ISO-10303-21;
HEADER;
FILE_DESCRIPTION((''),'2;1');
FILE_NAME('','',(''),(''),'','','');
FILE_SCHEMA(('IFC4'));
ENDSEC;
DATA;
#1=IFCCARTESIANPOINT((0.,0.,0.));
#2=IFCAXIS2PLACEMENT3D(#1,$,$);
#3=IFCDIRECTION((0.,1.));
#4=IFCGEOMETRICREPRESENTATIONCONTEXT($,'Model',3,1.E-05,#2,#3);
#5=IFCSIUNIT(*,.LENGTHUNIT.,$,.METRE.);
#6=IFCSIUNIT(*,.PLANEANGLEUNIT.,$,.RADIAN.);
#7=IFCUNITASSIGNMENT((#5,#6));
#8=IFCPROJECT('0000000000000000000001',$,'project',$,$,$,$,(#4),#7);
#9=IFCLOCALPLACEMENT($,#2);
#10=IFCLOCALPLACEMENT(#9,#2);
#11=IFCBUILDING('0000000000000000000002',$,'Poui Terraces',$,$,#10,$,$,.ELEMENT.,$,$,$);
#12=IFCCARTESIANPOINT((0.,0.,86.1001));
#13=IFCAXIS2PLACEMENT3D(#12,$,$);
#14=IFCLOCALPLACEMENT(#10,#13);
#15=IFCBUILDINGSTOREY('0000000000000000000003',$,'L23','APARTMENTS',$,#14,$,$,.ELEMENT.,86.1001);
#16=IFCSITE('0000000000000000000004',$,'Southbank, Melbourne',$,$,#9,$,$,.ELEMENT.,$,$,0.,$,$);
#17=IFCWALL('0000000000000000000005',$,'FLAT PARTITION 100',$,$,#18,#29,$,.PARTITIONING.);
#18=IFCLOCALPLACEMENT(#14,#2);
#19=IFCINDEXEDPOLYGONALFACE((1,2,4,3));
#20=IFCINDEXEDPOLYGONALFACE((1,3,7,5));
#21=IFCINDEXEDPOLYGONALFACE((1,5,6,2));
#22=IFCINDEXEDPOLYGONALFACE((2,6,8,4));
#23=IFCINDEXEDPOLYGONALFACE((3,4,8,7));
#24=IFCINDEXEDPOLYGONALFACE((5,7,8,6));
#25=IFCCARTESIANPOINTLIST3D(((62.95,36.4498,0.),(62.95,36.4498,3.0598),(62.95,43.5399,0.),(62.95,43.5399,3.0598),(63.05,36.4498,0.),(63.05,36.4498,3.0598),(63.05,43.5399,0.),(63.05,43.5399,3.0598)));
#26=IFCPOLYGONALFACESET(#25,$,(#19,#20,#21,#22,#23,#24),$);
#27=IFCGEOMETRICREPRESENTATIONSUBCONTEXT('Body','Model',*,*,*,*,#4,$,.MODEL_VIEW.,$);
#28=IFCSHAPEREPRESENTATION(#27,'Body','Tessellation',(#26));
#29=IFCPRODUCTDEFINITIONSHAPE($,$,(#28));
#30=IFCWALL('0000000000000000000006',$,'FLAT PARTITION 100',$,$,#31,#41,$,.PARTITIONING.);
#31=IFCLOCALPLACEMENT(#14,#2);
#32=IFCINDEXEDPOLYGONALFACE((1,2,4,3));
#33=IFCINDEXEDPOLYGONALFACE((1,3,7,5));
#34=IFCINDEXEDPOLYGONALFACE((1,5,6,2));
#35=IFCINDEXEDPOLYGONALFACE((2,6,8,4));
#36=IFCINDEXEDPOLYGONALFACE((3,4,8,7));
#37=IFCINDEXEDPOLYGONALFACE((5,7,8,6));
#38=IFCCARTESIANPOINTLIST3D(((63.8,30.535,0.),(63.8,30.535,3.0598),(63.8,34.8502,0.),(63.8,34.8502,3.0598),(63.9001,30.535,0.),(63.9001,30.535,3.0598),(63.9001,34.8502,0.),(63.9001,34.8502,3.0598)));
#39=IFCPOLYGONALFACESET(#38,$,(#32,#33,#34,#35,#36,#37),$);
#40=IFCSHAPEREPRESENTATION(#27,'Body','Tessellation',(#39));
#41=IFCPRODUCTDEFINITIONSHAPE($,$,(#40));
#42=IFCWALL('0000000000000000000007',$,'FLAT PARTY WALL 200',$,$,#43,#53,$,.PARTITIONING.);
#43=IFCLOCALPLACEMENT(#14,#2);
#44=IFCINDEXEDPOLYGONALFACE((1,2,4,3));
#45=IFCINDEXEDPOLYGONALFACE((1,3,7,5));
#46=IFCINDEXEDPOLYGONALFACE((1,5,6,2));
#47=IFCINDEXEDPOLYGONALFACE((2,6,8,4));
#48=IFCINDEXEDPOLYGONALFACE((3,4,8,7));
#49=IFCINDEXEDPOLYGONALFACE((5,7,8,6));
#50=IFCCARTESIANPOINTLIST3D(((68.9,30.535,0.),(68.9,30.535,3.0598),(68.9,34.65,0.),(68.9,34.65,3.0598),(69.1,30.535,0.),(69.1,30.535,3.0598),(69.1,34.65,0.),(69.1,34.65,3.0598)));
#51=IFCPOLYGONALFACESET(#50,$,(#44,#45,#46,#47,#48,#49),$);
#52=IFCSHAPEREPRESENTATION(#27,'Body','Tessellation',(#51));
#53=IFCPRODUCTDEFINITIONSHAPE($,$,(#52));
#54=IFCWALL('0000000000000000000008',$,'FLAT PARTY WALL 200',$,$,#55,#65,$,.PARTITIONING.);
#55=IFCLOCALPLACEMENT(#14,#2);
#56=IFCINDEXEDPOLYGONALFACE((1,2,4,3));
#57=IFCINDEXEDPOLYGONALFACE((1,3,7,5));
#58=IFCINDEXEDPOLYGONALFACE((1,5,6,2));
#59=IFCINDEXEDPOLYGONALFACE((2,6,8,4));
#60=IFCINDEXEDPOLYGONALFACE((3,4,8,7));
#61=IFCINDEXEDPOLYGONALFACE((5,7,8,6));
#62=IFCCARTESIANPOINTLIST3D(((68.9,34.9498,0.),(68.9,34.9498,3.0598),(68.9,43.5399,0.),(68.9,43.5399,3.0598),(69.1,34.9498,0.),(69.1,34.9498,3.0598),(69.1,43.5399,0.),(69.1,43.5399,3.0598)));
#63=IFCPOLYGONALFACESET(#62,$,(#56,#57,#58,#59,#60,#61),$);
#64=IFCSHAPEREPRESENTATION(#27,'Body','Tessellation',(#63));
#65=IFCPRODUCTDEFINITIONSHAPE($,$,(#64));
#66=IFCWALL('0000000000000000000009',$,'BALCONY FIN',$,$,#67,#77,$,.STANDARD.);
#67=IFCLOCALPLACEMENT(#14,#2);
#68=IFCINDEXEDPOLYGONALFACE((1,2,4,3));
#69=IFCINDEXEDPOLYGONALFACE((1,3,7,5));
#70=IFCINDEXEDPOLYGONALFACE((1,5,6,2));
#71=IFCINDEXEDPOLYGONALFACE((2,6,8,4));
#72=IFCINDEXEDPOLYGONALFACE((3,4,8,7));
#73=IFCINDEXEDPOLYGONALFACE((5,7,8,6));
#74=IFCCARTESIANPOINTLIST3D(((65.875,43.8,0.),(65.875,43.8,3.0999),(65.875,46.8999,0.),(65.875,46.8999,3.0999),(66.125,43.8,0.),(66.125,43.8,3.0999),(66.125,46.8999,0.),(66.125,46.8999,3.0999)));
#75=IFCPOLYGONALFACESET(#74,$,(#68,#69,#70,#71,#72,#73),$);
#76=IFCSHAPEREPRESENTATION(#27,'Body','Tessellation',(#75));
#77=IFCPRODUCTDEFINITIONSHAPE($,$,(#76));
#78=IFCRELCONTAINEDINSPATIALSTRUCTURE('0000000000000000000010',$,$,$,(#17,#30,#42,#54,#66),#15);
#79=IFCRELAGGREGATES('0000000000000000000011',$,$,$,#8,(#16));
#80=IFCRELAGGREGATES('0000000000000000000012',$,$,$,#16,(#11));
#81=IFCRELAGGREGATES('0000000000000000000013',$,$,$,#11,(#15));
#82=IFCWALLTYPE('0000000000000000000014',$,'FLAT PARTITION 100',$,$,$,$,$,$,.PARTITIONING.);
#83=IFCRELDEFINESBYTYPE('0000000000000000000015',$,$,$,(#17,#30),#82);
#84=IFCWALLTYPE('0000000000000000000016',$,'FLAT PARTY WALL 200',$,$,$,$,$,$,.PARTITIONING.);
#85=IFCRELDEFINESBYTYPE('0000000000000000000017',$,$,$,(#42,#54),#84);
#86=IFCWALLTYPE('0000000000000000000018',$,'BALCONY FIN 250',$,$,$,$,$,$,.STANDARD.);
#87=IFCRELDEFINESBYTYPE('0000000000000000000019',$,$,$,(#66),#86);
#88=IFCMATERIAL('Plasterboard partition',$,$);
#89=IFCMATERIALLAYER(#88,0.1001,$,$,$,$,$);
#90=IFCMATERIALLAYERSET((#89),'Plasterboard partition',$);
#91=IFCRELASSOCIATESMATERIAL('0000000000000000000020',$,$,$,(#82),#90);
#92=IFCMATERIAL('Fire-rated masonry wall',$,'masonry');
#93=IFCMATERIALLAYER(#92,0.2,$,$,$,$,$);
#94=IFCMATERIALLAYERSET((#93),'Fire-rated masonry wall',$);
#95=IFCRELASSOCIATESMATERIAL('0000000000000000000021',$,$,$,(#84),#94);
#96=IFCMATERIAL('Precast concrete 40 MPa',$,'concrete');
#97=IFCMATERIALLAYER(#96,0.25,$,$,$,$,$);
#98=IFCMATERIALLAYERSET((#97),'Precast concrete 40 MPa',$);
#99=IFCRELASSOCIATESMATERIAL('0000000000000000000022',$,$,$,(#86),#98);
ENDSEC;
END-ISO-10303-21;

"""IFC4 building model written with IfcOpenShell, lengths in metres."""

from ifc_helpers import new_model, si_unit, direction, frame, frame_2d, origin, place, context, subcontext, project, spatial, polyline, rectangle, outline, extrude, source, transform, mapped, material, layer, layer_set, type_object, element, save


model = new_model("IFC4")

# Units and contexts
model_context = context("Model", 3, precision=1e-05, world=origin(), true_north=direction((0.0, 1.0)))
body_context = subcontext(model_context, "Body", "Model", "MODEL_VIEW")
ifc_project = project(units=[si_unit("LENGTHUNIT", "METRE"), si_unit("PLANEANGLEUNIT", "RADIAN")], contexts=[model_context])

# Site, building, storey
site_placement = place(None, origin())
site = spatial("IfcSite", under=ifc_project, at=site_placement, Name="Southbank, Melbourne", CompositionType="ELEMENT", RefElevation=0.0)
building_placement = place(site_placement, origin())
building = spatial("IfcBuilding", under=site, at=building_placement, Name="Poui Terraces", CompositionType="ELEMENT")
storey_placement = place(building_placement, frame((0.0, 0.0, 86.1001)))
storey = spatial("IfcBuildingStorey", under=building, at=storey_placement, Name="L23", Description="APARTMENTS", CompositionType="ELEMENT", Elevation=86.1001)

# Shared definitions
ifc_material_1 = material(Name="Plasterboard partition")
ifc_layer_1 = layer(ifc_material_1, 0.1001)
ifc_layer_set_1 = layer_set([ifc_layer_1], Name="Plasterboard partition")
wall_type_1 = type_object("IfcWallType", Name="FLAT PARTITION 100", PredefinedType="PARTITIONING", material=ifc_layer_set_1)

# Walls
wall_1_placement = place(storey_placement, frame((63.0, 36.45, 0.0), z_axis=(0.0, 0.0, 1.0), x_axis=(0.0, 1.0, 0.0)))
element("IfcWall", 1, at=wall_1_placement, inside=storey, type_object=wall_type_1, Name="FLAT PARTITION 100", PredefinedType="PARTITIONING", context=body_context, shape_type="SweptSolid", body=[
    extrude(rectangle(XDim=7.0901, YDim=0.1001, at=frame_2d((3.5449, 0.0))), origin(), (0.0, 0.0, 1.0), 3.0598),
])
wall_2_placement = place(storey_placement, frame((63.8501, 30.5349, 0.0), z_axis=(0.0, 0.0, 1.0), x_axis=(0.0, 1.0, 0.0)))
element("IfcWall", 2, at=wall_2_placement, inside=storey, type_object=wall_type_1, Name="FLAT PARTITION 100", PredefinedType="PARTITIONING", context=body_context, shape_type="SweptSolid", body=[
    extrude(rectangle(XDim=4.3152, YDim=0.1001, at=frame_2d((2.1577, 0.0))), origin(), (0.0, 0.0, 1.0), 3.0598),
])
ifc_material_2 = material(Name="Fire-rated masonry wall", Category="masonry")
ifc_layer_2 = layer(ifc_material_2, 0.2)
ifc_layer_set_2 = layer_set([ifc_layer_2], Name="Fire-rated masonry wall")
wall_type_2 = type_object("IfcWallType", Name="FLAT PARTY WALL 200", PredefinedType="PARTITIONING", material=ifc_layer_set_2)
wall_3_placement = place(storey_placement, frame((69.0, 30.5349, 0.0), z_axis=(0.0, 0.0, 1.0), x_axis=(0.0, 1.0, 0.0)))
element("IfcWall", 3, at=wall_3_placement, inside=storey, type_object=wall_type_2, Name="FLAT PARTY WALL 200", PredefinedType="PARTITIONING", context=body_context, shape_type="SweptSolid", body=[
    extrude(rectangle(XDim=4.115, YDim=0.2, at=frame_2d((2.0576, 0.0))), origin(), (0.0, 0.0, 1.0), 3.0598),
])
wall_4_placement = place(storey_placement, frame((69.0, 34.95, 0.0), z_axis=(0.0, 0.0, 1.0), x_axis=(0.0, 1.0, 0.0)))
element("IfcWall", 4, at=wall_4_placement, inside=storey, type_object=wall_type_2, Name="FLAT PARTY WALL 200", PredefinedType="PARTITIONING", context=body_context, shape_type="SweptSolid", body=[
    extrude(rectangle(XDim=8.5901, YDim=0.2, at=frame_2d((4.2949, 0.0))), origin(), (0.0, 0.0, 1.0), 3.0598),
])
ifc_material_3 = material(Name="Precast concrete 40 MPa", Category="concrete")
ifc_layer_3 = layer(ifc_material_3, 0.25)
ifc_layer_set_3 = layer_set([ifc_layer_3], Name="Precast concrete 40 MPa")
wall_type_3 = type_object("IfcWallType", Name="BALCONY FIN 250", PredefinedType="STANDARD", material=ifc_layer_set_3)
shared_shape_1 = source(origin(), body_context, "Body", "SweptSolid", [
    extrude(outline(polyline([(0.0, 0.0), (0.25, 0.0), (0.25, 3.0999), (0.0, 3.0999), (0.0, 0.0)])), origin(), (0.0, 0.0, 1.0), 3.0999),
])
wall_5_placement = place(storey_placement, frame((65.875, 43.8, 0.0)))
element("IfcWall", 5, at=wall_5_placement, inside=storey, type_object=wall_type_3, Name="BALCONY FIN", PredefinedType="STANDARD", context=body_context, shape_type="MappedRepresentation", body=[
    mapped(shared_shape_1, transform((0.0, 0.0, 0.0))),
])

save(model, "model.ifc")
